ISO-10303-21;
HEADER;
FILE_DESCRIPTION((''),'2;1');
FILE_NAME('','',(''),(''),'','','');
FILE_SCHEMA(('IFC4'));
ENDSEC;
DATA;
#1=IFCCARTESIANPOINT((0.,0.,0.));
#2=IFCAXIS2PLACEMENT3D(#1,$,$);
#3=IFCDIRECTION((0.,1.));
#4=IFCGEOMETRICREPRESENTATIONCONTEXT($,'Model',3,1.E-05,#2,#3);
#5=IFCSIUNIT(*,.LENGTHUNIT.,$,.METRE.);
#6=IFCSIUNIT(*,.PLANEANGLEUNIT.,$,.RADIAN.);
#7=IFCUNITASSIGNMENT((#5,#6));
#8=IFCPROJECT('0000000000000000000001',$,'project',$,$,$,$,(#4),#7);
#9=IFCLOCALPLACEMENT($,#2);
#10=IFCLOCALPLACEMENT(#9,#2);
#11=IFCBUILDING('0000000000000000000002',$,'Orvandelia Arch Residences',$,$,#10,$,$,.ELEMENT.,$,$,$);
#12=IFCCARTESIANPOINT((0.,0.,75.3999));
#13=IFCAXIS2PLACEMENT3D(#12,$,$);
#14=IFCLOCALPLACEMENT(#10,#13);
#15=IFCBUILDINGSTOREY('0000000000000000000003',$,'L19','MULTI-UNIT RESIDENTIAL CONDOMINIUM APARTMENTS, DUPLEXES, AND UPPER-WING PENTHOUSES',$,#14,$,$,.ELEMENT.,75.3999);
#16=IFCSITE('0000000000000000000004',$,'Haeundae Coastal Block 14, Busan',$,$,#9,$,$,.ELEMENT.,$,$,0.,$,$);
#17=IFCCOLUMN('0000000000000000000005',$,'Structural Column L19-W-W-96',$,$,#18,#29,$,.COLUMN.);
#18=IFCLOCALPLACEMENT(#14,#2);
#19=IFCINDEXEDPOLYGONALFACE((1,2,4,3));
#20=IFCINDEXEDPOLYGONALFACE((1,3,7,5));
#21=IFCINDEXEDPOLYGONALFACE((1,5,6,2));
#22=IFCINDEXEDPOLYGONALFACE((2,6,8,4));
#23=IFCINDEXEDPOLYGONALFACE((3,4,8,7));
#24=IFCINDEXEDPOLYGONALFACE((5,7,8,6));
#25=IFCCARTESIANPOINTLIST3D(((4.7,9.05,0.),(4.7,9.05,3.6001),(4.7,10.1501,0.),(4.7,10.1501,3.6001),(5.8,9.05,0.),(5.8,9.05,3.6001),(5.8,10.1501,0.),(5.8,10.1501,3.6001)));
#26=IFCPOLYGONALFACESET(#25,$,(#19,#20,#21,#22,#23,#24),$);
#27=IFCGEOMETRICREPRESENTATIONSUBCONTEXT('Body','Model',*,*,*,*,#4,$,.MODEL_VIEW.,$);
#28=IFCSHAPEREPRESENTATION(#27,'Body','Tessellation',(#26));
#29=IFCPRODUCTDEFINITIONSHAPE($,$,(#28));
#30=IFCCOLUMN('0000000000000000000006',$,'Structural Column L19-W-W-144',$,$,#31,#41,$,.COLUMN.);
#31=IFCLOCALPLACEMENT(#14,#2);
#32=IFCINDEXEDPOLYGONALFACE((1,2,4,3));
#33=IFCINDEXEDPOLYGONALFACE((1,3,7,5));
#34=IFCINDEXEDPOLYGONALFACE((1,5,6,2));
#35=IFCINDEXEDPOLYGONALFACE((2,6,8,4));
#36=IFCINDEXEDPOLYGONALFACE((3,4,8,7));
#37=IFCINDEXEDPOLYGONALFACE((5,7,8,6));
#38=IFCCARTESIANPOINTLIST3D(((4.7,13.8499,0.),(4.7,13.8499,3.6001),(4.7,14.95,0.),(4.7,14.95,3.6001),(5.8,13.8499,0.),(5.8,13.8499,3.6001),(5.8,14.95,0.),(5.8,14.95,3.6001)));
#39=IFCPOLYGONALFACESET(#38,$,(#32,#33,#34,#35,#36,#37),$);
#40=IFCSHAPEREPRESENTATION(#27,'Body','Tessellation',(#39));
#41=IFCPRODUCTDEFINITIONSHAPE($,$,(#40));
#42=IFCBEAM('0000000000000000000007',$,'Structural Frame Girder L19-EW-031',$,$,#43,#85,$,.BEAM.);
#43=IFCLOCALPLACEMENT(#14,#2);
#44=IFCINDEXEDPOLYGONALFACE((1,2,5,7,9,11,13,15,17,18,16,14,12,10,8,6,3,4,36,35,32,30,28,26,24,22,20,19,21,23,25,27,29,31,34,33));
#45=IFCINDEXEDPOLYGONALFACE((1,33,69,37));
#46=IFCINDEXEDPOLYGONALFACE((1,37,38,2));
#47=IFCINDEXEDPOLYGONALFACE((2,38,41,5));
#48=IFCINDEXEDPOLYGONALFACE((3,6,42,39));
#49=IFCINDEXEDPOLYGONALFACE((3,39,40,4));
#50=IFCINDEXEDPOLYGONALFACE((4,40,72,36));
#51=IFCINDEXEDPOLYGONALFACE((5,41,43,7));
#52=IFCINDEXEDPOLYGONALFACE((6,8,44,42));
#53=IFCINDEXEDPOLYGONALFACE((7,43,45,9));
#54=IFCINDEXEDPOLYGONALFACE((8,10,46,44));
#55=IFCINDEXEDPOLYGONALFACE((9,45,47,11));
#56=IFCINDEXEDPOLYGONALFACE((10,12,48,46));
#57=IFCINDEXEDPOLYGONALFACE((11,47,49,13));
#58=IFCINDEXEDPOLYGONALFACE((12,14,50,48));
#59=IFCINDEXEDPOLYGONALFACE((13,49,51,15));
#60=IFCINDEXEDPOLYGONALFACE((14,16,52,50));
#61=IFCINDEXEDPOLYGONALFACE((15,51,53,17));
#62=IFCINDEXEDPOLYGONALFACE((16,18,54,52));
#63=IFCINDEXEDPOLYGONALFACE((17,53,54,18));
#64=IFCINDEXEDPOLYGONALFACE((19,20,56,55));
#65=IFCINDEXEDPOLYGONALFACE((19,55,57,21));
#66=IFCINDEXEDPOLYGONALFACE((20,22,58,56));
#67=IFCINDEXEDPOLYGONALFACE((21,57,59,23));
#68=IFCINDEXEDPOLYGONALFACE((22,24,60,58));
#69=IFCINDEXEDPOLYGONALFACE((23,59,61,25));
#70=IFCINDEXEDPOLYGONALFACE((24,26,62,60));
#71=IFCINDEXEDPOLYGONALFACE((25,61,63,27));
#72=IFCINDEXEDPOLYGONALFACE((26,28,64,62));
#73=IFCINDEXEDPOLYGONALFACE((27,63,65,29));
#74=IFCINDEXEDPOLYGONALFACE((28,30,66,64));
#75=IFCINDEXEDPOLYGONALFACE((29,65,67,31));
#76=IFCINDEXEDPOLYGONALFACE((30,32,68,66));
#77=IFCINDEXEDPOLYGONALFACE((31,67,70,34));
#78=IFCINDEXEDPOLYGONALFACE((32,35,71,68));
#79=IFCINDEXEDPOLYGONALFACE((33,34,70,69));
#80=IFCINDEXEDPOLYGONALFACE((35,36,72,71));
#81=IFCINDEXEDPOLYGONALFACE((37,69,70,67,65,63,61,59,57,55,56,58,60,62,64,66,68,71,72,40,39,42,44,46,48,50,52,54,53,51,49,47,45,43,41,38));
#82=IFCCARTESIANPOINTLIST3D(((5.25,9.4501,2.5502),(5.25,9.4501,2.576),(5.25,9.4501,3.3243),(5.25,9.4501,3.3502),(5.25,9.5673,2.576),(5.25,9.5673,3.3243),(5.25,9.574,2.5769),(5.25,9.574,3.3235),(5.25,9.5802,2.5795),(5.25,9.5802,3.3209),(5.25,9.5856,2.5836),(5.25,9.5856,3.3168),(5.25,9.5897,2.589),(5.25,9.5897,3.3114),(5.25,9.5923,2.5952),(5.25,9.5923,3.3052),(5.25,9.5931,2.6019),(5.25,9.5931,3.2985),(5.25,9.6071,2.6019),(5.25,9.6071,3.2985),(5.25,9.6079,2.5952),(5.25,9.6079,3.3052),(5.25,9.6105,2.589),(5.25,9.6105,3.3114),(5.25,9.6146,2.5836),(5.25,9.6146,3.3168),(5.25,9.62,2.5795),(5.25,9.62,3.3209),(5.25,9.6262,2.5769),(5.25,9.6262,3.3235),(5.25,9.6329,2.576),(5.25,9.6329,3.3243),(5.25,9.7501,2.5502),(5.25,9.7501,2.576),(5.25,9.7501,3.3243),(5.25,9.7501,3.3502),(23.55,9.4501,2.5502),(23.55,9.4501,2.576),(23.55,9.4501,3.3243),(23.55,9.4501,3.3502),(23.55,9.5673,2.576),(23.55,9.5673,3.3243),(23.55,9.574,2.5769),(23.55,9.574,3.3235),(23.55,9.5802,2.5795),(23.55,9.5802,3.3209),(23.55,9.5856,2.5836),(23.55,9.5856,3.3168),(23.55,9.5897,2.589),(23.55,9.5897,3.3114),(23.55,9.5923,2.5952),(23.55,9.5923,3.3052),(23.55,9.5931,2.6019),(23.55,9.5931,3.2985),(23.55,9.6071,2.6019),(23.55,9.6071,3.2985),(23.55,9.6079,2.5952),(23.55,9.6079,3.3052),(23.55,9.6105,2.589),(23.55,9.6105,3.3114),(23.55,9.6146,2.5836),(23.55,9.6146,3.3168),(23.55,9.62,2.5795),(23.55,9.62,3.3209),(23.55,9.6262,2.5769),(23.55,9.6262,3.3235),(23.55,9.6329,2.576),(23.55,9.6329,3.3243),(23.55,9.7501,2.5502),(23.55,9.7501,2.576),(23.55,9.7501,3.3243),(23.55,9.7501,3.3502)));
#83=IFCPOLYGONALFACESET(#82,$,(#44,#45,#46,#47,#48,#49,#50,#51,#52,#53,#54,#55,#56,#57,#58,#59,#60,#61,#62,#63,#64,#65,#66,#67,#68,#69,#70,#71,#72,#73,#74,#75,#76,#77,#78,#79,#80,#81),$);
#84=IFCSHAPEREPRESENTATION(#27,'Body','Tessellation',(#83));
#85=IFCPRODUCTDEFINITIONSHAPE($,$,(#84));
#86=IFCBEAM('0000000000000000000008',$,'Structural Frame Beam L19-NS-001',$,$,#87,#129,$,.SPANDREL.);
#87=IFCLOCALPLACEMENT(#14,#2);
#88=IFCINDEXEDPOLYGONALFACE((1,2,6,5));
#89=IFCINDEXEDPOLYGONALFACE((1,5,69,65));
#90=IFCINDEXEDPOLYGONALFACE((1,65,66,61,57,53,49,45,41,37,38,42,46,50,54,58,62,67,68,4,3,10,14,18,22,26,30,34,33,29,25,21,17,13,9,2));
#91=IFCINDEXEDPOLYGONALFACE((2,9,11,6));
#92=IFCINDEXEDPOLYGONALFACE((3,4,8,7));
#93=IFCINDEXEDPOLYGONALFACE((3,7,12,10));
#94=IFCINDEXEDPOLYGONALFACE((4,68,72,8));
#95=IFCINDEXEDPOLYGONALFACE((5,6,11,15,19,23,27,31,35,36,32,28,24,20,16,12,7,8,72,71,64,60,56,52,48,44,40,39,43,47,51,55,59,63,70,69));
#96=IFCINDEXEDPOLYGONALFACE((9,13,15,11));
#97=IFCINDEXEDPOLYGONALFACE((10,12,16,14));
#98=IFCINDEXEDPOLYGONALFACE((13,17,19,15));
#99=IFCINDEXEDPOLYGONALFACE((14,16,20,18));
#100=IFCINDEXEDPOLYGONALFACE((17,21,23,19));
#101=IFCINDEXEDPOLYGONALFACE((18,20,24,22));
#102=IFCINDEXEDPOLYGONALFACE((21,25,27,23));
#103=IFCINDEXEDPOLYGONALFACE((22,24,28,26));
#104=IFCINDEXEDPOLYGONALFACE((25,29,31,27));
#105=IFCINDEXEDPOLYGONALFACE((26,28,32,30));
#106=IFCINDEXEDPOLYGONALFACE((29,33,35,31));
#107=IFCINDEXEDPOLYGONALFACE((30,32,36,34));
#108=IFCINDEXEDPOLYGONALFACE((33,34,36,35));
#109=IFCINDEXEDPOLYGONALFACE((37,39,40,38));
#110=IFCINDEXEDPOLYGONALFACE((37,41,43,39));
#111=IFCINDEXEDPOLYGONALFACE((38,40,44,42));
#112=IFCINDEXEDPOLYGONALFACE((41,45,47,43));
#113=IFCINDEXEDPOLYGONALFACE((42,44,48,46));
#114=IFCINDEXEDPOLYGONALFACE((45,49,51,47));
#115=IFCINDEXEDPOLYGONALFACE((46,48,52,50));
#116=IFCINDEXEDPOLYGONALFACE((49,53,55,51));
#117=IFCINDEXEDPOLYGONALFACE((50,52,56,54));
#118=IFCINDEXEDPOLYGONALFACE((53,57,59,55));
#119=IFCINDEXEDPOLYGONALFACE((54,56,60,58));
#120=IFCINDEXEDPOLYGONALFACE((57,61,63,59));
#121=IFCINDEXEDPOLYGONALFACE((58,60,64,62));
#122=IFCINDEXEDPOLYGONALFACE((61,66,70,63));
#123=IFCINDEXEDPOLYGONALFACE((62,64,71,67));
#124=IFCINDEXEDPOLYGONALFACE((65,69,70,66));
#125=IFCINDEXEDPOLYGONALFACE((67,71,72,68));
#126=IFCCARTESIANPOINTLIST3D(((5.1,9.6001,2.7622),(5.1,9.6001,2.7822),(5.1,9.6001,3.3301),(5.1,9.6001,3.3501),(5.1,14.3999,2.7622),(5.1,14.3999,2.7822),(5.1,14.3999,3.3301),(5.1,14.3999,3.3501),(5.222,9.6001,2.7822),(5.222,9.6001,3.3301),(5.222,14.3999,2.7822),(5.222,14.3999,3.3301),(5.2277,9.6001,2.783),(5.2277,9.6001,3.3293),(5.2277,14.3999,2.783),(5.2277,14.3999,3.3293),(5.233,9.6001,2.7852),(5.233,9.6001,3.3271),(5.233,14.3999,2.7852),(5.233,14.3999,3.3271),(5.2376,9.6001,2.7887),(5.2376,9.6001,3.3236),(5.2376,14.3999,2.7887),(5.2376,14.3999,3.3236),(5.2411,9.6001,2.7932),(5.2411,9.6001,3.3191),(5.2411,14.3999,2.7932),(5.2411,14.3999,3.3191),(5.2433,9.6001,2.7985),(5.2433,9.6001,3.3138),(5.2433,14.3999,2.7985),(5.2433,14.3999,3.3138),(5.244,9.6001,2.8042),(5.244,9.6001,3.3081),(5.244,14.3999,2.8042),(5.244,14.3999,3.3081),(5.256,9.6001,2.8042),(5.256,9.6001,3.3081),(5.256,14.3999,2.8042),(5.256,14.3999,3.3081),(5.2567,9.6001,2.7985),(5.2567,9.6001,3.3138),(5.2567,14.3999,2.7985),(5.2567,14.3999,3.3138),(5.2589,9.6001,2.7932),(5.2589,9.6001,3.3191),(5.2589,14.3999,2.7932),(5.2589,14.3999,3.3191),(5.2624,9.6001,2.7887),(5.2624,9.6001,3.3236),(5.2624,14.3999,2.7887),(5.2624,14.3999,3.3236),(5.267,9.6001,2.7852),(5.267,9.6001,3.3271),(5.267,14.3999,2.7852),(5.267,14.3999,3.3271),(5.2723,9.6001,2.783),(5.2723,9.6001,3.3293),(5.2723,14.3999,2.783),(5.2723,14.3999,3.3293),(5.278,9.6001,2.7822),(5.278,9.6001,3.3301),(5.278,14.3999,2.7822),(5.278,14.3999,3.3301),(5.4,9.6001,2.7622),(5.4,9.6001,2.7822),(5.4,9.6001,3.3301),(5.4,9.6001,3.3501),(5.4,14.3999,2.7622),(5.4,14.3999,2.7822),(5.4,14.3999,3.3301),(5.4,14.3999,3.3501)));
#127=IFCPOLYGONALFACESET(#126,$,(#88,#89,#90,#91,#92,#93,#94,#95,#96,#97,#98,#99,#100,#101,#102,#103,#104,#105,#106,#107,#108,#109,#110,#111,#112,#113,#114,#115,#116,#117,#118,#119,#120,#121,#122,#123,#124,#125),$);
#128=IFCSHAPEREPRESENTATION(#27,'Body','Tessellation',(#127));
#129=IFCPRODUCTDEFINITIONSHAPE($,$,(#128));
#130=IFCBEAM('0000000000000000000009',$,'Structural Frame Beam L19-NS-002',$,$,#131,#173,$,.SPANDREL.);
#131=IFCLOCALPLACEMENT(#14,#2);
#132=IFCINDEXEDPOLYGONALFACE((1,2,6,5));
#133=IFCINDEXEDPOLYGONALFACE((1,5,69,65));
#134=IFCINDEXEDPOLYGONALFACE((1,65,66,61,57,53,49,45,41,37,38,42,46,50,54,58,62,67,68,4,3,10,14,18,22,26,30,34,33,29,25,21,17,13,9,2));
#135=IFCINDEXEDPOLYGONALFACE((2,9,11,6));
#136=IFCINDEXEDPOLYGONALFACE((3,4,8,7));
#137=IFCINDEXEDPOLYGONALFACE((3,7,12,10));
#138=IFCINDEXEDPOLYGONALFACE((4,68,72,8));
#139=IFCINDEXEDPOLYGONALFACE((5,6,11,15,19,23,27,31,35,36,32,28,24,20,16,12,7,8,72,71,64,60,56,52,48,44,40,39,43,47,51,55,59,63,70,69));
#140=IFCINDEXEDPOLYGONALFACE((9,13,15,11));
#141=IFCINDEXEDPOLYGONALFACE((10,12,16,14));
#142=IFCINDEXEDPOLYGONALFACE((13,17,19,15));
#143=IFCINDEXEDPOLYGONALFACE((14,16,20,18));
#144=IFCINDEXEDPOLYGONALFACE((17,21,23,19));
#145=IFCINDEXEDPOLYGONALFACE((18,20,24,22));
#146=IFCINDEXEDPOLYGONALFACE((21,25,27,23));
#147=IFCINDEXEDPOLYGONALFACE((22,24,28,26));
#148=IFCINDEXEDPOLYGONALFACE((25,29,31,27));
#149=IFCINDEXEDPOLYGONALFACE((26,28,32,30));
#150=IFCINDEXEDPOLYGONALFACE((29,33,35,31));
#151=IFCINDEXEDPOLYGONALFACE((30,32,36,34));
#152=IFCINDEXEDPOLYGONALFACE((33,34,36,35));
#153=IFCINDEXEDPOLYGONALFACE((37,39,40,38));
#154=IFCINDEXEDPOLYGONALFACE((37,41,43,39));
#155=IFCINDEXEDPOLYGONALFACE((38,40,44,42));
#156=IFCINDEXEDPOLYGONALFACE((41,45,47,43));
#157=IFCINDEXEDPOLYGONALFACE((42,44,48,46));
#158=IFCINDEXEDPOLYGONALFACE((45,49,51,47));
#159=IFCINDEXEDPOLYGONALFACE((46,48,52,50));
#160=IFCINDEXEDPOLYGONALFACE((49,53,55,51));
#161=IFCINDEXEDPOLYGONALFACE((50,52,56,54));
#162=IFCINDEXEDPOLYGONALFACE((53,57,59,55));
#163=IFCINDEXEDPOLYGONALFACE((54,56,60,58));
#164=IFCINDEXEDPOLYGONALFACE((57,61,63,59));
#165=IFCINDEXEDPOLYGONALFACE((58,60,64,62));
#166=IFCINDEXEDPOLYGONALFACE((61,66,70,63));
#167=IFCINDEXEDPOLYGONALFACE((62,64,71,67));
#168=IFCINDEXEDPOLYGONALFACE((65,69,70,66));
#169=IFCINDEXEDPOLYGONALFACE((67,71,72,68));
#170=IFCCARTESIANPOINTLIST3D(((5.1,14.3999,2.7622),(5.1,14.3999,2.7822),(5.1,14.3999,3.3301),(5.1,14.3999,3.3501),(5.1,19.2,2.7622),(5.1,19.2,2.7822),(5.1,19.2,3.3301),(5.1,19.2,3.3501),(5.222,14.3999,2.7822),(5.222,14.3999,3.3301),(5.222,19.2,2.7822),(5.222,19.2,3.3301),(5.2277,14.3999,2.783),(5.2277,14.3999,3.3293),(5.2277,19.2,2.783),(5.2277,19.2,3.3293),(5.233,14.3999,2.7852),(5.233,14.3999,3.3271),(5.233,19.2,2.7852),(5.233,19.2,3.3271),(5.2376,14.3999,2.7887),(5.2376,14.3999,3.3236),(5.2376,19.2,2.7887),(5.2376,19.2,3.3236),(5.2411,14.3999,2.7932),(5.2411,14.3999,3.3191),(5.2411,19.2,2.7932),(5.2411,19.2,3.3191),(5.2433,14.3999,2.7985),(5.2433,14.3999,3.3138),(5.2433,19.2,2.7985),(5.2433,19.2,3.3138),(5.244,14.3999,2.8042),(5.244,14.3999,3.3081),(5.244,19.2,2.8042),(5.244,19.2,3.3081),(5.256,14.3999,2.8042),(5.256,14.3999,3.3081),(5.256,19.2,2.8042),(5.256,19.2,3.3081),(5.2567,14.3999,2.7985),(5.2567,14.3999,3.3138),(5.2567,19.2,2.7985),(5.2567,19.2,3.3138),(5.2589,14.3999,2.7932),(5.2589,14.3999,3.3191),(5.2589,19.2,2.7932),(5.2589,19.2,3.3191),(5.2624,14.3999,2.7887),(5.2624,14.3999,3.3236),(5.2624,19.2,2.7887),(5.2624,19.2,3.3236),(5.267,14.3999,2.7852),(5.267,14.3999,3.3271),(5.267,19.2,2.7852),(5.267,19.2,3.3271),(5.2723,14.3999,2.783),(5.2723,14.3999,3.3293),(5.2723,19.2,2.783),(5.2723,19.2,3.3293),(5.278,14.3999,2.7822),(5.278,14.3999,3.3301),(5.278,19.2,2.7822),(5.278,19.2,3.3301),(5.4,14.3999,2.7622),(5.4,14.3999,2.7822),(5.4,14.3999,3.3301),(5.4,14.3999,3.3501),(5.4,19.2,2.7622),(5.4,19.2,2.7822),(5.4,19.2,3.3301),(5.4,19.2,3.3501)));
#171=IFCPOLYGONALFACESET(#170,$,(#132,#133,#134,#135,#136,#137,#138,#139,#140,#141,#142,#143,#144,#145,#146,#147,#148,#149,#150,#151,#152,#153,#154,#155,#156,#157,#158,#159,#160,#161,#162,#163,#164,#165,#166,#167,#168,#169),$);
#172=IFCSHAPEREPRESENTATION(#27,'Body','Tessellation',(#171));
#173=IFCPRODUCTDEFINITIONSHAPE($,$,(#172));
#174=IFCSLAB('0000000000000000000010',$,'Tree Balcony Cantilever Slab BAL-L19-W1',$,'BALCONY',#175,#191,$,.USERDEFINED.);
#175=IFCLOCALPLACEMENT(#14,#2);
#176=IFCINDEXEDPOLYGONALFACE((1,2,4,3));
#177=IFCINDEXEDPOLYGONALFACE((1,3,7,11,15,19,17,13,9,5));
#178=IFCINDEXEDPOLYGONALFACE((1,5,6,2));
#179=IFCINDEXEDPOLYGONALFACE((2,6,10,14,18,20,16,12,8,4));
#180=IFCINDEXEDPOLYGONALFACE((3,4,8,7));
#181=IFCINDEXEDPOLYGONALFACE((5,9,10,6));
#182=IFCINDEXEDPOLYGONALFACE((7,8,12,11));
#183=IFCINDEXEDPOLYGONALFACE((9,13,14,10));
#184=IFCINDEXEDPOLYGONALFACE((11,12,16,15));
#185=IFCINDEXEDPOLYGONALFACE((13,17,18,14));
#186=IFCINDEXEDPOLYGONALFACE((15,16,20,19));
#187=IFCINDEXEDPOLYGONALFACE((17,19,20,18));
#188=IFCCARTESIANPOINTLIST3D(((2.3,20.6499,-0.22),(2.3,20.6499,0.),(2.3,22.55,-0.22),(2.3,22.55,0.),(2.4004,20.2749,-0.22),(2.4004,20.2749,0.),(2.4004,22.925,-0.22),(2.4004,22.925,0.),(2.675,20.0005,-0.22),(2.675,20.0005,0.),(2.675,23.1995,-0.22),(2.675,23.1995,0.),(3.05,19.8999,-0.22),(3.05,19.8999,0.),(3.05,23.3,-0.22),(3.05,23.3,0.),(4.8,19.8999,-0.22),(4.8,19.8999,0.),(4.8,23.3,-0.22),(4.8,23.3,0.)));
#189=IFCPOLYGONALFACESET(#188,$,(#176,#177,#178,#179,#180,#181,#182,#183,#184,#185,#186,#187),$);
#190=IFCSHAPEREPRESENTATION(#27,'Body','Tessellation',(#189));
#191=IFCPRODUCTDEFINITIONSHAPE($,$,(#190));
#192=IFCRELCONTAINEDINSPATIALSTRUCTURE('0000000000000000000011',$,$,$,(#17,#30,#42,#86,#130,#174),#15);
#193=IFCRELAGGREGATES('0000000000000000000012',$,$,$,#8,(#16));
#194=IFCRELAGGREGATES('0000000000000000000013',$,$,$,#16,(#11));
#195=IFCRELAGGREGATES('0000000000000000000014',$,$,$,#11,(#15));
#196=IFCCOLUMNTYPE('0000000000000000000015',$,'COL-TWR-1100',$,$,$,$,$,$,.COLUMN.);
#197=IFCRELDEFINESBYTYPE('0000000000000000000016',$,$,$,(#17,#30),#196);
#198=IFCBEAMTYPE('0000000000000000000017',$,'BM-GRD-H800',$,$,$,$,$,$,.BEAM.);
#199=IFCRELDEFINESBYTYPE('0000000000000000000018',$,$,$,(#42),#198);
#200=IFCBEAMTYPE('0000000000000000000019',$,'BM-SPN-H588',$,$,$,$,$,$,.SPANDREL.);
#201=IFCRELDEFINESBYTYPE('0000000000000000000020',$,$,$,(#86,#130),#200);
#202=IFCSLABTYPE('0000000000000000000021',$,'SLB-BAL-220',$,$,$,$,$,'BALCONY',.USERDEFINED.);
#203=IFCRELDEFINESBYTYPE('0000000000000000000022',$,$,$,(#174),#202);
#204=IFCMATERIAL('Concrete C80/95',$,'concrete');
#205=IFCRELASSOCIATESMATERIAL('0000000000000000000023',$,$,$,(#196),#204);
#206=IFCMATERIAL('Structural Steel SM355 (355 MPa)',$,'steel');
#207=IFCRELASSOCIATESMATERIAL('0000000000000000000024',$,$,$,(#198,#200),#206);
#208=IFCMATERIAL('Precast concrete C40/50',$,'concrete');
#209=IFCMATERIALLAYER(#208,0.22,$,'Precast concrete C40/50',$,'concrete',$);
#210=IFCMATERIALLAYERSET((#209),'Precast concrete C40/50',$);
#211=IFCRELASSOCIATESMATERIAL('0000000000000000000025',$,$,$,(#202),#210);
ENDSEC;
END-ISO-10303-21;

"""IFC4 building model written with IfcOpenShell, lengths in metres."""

from ifc_helpers import new_model, si_unit, direction, frame, origin, origin_2d, place, context, subcontext, project, spatial, polyline, rectangle, i_section, outline, extrude, material, layer, layer_set, material_profile, profile_set, type_object, element, save


model = new_model("IFC4")

# Units and contexts
model_context = context("Model", 3, precision=1e-05, world=origin(), true_north=direction((0.0, 1.0)))
body_context = subcontext(model_context, "Body", "Model", "MODEL_VIEW")
ifc_project = project(units=[si_unit("LENGTHUNIT", "METRE"), si_unit("PLANEANGLEUNIT", "RADIAN")], contexts=[model_context])

# Site, building, storey
site_placement = place(None, origin())
site = spatial("IfcSite", under=ifc_project, at=site_placement, Name="Haeundae Coastal Block 14, Busan", CompositionType="ELEMENT", RefElevation=0.0)
building_placement = place(site_placement, origin())
building = spatial("IfcBuilding", under=site, at=building_placement, Name="Orvandelia Arch Residences", CompositionType="ELEMENT")
storey_placement = place(building_placement, frame((0.0, 0.0, 75.3999)))
storey = spatial("IfcBuildingStorey", under=building, at=storey_placement, Name="L19", Description="MULTI-UNIT RESIDENTIAL CONDOMINIUM APARTMENTS, DUPLEXES, AND UPPER-WING PENTHOUSES", CompositionType="ELEMENT", Elevation=75.3999)

# Columns
ifc_material_1 = material(Name="Concrete C80/95", Category="concrete")
ifc_material_profile_1 = material_profile(ifc_material_1, rectangle(XDim=1.1001, YDim=1.1001, at=origin_2d()), Name="Concrete C80/95", Category="concrete")
ifc_profile_set_1 = profile_set([ifc_material_profile_1], Name="Concrete C80/95")
column_type = type_object("IfcColumnType", Name="COL-TWR-1100", PredefinedType="COLUMN", material=ifc_profile_set_1)
for number, where, z_axis, x_axis, name in (
    (1, (5.25, 9.6001, 0.0), (0.0, 0.0, 1.0), (1.0, 0.0, 0.0), "Structural Column L19-W-W-96"),
    (2, (5.25, 14.3999, 0.0), (0.0, 0.0, 1.0), (1.0, 0.0, 0.0), "Structural Column L19-W-W-144"),
):
    element("IfcColumn", number, at=place(storey_placement, frame(where, z_axis=z_axis, x_axis=x_axis)), inside=storey, type_object=column_type, Name=name, PredefinedType="COLUMN", context=body_context, shape_type="SweptSolid", body=[
        extrude(rectangle(XDim=1.1001, YDim=1.1001, at=origin_2d()), origin(), (0.0, 0.0, 1.0), 3.6001),
    ])

# Beams
ifc_material_2 = material(Name="Structural Steel SM355 (355 MPa)", Category="steel")
ifc_material_profile_2 = material_profile(ifc_material_2, i_section(OverallWidth=0.3, OverallDepth=0.8, WebThickness=0.0139, FlangeThickness=0.0259, FilletRadius=0.0259, at=origin_2d()), Name="Structural Steel SM355 (355 MPa)", Category="steel")
ifc_profile_set_2 = profile_set([ifc_material_profile_2], Name="Structural Steel SM355 (355 MPa)")
beam_type_1 = type_object("IfcBeamType", Name="BM-GRD-H800", PredefinedType="BEAM", material=ifc_profile_set_2)
beam_1_placement = place(storey_placement, frame((5.25, 9.6001, 2.9502), z_axis=(1.0, 0.0, 0.0), x_axis=(0.0, 1.0, 0.0)))
element("IfcBeam", 3, at=beam_1_placement, inside=storey, type_object=beam_type_1, Name="Structural Frame Girder L19-EW-031", PredefinedType="BEAM", context=body_context, shape_type="SweptSolid", body=[
    extrude(i_section(OverallWidth=0.3, OverallDepth=0.8, WebThickness=0.0139, FlangeThickness=0.0259, FilletRadius=0.0259, at=origin_2d()), origin(), (0.0, 0.0, 1.0), 18.3),
])
ifc_material_profile_3 = material_profile(ifc_material_2, i_section(OverallWidth=0.3, OverallDepth=0.5879, WebThickness=0.012, FlangeThickness=0.02, FilletRadius=0.022, at=origin_2d()), Name="Structural Steel SM355 (355 MPa)", Category="steel")
ifc_profile_set_3 = profile_set([ifc_material_profile_3], Name="Structural Steel SM355 (355 MPa)")
beam_type_2 = type_object("IfcBeamType", Name="BM-SPN-H588", PredefinedType="SPANDREL", material=ifc_profile_set_3)
beam_2_placement = place(storey_placement, frame((5.25, 9.6001, 3.0562), z_axis=(0.0, 1.0, 0.0), x_axis=(-1.0, 0.0, 0.0)))
element("IfcBeam", 4, at=beam_2_placement, inside=storey, type_object=beam_type_2, Name="Structural Frame Beam L19-NS-001", PredefinedType="SPANDREL", context=body_context, shape_type="SweptSolid", body=[
    extrude(i_section(OverallWidth=0.3, OverallDepth=0.5879, WebThickness=0.012, FlangeThickness=0.02, FilletRadius=0.022, at=origin_2d()), origin(), (0.0, 0.0, 1.0), 4.7998),
])
beam_3_placement = place(storey_placement, frame((5.25, 14.3999, 3.0562), z_axis=(0.0, 1.0, 0.0), x_axis=(-1.0, 0.0, 0.0)))
element("IfcBeam", 5, at=beam_3_placement, inside=storey, type_object=beam_type_2, Name="Structural Frame Beam L19-NS-002", PredefinedType="SPANDREL", context=body_context, shape_type="SweptSolid", body=[
    extrude(i_section(OverallWidth=0.3, OverallDepth=0.5879, WebThickness=0.012, FlangeThickness=0.02, FilletRadius=0.022, at=origin_2d()), origin(), (0.0, 0.0, 1.0), 4.8),
])

# Slab
ifc_material_3 = material(Name="Precast concrete C40/50", Category="concrete")
ifc_layer_1 = layer(ifc_material_3, 0.22, Name="Precast concrete C40/50", Category="concrete")
ifc_layer_set_1 = layer_set([ifc_layer_1], Name="Precast concrete C40/50")
slab_type_1 = type_object("IfcSlabType", Name="SLB-BAL-220", ElementType="BALCONY", PredefinedType="USERDEFINED", material=ifc_layer_set_1)
slab_1_placement = place(storey_placement, frame((0.0, 0.0, -0.22)))
element("IfcSlab", 6, at=slab_1_placement, inside=storey, type_object=slab_type_1, Name="Tree Balcony Cantilever Slab BAL-L19-W1", ObjectType="BALCONY", PredefinedType="USERDEFINED", context=body_context, shape_type="SweptSolid", body=[
    extrude(outline(polyline([(4.8, 19.8999), (4.8, 23.3), (3.05, 23.3), (2.675, 23.1995), (2.4004, 22.925), (2.3, 22.55), (2.3, 20.6499), (2.4004, 20.2749), (2.675, 20.0005), (3.05, 19.8999), (4.8, 19.8999)])), origin(), (0.0, 0.0, 1.0), 0.22),
])

save(model, "model.ifc")
